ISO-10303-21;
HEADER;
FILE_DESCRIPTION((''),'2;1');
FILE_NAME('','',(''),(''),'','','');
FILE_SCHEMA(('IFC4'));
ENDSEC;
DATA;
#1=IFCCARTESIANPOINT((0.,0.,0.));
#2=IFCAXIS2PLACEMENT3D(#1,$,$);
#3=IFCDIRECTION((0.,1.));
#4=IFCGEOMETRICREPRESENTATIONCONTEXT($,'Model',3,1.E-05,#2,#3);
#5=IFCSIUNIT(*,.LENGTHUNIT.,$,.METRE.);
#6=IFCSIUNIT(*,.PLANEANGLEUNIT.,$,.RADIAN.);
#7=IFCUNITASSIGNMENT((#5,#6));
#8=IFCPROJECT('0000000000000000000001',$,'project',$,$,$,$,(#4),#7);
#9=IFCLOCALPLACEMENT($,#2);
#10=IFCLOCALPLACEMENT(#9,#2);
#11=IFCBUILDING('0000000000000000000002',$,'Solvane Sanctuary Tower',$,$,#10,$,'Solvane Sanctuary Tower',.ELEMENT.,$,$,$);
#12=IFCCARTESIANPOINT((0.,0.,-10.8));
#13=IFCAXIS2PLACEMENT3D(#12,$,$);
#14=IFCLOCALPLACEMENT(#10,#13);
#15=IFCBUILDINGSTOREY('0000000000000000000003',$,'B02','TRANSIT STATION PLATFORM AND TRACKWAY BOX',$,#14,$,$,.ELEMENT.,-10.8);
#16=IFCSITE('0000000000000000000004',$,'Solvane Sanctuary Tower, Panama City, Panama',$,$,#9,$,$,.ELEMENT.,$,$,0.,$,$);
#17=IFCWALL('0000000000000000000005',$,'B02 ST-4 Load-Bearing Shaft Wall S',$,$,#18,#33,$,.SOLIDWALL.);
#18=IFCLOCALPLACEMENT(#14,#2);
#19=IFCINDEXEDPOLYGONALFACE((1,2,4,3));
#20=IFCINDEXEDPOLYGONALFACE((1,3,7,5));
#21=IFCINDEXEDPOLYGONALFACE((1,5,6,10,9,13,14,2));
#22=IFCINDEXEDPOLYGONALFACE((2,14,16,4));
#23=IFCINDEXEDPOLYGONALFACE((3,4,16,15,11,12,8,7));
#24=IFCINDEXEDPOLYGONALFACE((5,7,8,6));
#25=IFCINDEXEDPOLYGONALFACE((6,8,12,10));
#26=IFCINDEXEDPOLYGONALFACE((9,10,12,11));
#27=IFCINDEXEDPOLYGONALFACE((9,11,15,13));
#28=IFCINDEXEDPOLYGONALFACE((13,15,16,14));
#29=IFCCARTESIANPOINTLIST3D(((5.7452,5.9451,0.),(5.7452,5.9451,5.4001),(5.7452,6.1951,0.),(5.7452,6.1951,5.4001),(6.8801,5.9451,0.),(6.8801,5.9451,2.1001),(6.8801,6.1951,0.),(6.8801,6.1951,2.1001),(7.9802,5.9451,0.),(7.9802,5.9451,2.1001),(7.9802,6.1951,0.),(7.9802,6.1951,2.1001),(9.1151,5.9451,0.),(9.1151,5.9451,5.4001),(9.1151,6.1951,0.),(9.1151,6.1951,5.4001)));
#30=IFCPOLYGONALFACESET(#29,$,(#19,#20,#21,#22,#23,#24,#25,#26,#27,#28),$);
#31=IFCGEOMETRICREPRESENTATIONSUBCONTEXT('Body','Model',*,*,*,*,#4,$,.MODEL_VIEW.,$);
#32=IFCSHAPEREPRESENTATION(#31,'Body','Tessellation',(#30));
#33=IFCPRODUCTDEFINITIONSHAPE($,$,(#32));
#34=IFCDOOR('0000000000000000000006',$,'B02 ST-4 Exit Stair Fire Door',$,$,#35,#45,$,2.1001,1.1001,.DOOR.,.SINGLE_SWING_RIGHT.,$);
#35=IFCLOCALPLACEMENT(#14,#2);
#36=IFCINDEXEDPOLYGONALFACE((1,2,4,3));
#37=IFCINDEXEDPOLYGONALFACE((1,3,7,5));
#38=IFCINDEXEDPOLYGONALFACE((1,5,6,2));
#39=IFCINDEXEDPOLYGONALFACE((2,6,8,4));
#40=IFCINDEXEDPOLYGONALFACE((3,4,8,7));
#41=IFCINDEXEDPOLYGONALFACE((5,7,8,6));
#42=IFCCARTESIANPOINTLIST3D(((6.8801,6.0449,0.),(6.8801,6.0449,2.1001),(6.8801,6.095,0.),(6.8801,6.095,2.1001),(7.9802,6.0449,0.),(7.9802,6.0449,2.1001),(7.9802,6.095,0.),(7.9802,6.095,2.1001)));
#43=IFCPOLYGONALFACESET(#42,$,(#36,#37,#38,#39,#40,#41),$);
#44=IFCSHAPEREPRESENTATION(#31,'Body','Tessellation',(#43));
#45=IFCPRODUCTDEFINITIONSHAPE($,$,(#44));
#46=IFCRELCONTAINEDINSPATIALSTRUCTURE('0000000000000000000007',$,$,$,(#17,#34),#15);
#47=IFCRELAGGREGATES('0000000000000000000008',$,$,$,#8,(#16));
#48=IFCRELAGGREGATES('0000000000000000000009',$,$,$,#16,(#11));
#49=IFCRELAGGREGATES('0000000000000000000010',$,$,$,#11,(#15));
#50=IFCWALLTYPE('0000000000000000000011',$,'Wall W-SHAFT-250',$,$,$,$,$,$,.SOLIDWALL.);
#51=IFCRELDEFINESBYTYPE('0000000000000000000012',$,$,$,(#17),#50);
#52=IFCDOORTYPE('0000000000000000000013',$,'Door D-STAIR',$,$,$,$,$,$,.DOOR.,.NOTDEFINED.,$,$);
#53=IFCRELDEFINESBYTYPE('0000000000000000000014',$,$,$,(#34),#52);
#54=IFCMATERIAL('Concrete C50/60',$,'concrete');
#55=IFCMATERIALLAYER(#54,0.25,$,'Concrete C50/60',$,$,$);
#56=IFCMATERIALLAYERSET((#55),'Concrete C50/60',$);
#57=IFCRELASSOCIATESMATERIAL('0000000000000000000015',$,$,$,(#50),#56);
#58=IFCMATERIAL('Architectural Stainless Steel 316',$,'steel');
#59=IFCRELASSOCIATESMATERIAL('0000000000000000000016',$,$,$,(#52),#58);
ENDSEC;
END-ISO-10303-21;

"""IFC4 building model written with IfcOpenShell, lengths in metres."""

from ifc_helpers import new_model, si_unit, direction, frame, frame_2d, origin, place, context, subcontext, project, spatial, rectangle, extrude, material, layer, layer_set, type_object, element, fill, save


model = new_model("IFC4")

# Units and contexts
model_context = context("Model", 3, precision=1e-05, world=origin(), true_north=direction((0.0, 1.0)))
body_context = subcontext(model_context, "Body", "Model", "MODEL_VIEW")
ifc_project = project(units=[si_unit("LENGTHUNIT", "METRE"), si_unit("PLANEANGLEUNIT", "RADIAN")], contexts=[model_context])

# Site, building, storey
site_placement = place(None, origin())
site = spatial("IfcSite", under=ifc_project, at=site_placement, Name="Solvane Sanctuary Tower, Panama City, Panama", CompositionType="ELEMENT", RefElevation=0.0)
building_placement = place(site_placement, origin())
building = spatial("IfcBuilding", under=site, at=building_placement, Name="Solvane Sanctuary Tower", LongName="Solvane Sanctuary Tower", CompositionType="ELEMENT")
storey_placement = place(building_placement, frame((0.0, 0.0, -10.8)))
storey = spatial("IfcBuildingStorey", under=building, at=storey_placement, Name="B02", Description="TRANSIT STATION PLATFORM AND TRACKWAY BOX", CompositionType="ELEMENT", Elevation=-10.8)

# Shared definitions
ifc_material_1 = material(Name="Concrete C50/60", Category="concrete")

# Wall, opening, door
ifc_layer_1 = layer(ifc_material_1, 0.25, Name="Concrete C50/60")
ifc_layer_set_1 = layer_set([ifc_layer_1], Name="Concrete C50/60")
wall_type_1 = type_object("IfcWallType", Name="Wall W-SHAFT-250", PredefinedType="SOLIDWALL", material=ifc_layer_set_1)
wall_1_placement = place(storey_placement, frame((5.7451, 6.0701, 0.0), z_axis=(0.0, 0.0, 1.0), x_axis=(1.0, 0.0, 0.0)))
wall_1 = element("IfcWall", 1, at=wall_1_placement, inside=storey, type_object=wall_type_1, Name="B02 ST-4 Load-Bearing Shaft Wall S", PredefinedType="SOLIDWALL", context=body_context, shape_type="SweptSolid", body=[
    extrude(rectangle(XDim=3.3699, YDim=0.25, at=frame_2d((1.6851, 0.0))), origin(), (0.0, 0.0, 1.0), 5.4001),
])
opening_placement = place(wall_1_placement, frame((1.135, 0.0, 0.0)))
opening = element("IfcOpeningElement", 2, at=opening_placement, cuts=wall_1, PredefinedType="OPENING", context=body_context, shape_type="SweptSolid", body=[
    extrude(rectangle(XDim=1.1001, YDim=2.1001, at=frame_2d((0.55, 1.05))), frame((0.0, 0.135, 0.0), z_axis=(0.0, -1.0, 0.0), x_axis=(1.0, 0.0, 0.0)), (0.0, 0.0, 1.0), 0.27),
])
ifc_material_2 = material(Name="Architectural Stainless Steel 316", Category="steel")
door_type = type_object("IfcDoorType", Name="Door D-STAIR", OperationType="NOTDEFINED", PredefinedType="DOOR", material=ifc_material_2)
door_placement = place(opening_placement, origin())
door = element("IfcDoor", 3, at=door_placement, inside=storey, type_object=door_type, Name="B02 ST-4 Exit Stair Fire Door", OperationType="SINGLE_SWING_RIGHT", OverallHeight=2.1001, OverallWidth=1.1001, PredefinedType="DOOR", context=body_context, shape_type="SweptSolid", body=[
    extrude(rectangle(XDim=1.1001, YDim=2.1001, at=frame_2d((0.55, 1.05))), frame((0.0, 0.0249, 0.0), z_axis=(0.0, -1.0, 0.0), x_axis=(1.0, 0.0, 0.0)), (0.0, 0.0, 1.0), 0.05),
])
fill(opening, door)

save(model, "model.ifc")
